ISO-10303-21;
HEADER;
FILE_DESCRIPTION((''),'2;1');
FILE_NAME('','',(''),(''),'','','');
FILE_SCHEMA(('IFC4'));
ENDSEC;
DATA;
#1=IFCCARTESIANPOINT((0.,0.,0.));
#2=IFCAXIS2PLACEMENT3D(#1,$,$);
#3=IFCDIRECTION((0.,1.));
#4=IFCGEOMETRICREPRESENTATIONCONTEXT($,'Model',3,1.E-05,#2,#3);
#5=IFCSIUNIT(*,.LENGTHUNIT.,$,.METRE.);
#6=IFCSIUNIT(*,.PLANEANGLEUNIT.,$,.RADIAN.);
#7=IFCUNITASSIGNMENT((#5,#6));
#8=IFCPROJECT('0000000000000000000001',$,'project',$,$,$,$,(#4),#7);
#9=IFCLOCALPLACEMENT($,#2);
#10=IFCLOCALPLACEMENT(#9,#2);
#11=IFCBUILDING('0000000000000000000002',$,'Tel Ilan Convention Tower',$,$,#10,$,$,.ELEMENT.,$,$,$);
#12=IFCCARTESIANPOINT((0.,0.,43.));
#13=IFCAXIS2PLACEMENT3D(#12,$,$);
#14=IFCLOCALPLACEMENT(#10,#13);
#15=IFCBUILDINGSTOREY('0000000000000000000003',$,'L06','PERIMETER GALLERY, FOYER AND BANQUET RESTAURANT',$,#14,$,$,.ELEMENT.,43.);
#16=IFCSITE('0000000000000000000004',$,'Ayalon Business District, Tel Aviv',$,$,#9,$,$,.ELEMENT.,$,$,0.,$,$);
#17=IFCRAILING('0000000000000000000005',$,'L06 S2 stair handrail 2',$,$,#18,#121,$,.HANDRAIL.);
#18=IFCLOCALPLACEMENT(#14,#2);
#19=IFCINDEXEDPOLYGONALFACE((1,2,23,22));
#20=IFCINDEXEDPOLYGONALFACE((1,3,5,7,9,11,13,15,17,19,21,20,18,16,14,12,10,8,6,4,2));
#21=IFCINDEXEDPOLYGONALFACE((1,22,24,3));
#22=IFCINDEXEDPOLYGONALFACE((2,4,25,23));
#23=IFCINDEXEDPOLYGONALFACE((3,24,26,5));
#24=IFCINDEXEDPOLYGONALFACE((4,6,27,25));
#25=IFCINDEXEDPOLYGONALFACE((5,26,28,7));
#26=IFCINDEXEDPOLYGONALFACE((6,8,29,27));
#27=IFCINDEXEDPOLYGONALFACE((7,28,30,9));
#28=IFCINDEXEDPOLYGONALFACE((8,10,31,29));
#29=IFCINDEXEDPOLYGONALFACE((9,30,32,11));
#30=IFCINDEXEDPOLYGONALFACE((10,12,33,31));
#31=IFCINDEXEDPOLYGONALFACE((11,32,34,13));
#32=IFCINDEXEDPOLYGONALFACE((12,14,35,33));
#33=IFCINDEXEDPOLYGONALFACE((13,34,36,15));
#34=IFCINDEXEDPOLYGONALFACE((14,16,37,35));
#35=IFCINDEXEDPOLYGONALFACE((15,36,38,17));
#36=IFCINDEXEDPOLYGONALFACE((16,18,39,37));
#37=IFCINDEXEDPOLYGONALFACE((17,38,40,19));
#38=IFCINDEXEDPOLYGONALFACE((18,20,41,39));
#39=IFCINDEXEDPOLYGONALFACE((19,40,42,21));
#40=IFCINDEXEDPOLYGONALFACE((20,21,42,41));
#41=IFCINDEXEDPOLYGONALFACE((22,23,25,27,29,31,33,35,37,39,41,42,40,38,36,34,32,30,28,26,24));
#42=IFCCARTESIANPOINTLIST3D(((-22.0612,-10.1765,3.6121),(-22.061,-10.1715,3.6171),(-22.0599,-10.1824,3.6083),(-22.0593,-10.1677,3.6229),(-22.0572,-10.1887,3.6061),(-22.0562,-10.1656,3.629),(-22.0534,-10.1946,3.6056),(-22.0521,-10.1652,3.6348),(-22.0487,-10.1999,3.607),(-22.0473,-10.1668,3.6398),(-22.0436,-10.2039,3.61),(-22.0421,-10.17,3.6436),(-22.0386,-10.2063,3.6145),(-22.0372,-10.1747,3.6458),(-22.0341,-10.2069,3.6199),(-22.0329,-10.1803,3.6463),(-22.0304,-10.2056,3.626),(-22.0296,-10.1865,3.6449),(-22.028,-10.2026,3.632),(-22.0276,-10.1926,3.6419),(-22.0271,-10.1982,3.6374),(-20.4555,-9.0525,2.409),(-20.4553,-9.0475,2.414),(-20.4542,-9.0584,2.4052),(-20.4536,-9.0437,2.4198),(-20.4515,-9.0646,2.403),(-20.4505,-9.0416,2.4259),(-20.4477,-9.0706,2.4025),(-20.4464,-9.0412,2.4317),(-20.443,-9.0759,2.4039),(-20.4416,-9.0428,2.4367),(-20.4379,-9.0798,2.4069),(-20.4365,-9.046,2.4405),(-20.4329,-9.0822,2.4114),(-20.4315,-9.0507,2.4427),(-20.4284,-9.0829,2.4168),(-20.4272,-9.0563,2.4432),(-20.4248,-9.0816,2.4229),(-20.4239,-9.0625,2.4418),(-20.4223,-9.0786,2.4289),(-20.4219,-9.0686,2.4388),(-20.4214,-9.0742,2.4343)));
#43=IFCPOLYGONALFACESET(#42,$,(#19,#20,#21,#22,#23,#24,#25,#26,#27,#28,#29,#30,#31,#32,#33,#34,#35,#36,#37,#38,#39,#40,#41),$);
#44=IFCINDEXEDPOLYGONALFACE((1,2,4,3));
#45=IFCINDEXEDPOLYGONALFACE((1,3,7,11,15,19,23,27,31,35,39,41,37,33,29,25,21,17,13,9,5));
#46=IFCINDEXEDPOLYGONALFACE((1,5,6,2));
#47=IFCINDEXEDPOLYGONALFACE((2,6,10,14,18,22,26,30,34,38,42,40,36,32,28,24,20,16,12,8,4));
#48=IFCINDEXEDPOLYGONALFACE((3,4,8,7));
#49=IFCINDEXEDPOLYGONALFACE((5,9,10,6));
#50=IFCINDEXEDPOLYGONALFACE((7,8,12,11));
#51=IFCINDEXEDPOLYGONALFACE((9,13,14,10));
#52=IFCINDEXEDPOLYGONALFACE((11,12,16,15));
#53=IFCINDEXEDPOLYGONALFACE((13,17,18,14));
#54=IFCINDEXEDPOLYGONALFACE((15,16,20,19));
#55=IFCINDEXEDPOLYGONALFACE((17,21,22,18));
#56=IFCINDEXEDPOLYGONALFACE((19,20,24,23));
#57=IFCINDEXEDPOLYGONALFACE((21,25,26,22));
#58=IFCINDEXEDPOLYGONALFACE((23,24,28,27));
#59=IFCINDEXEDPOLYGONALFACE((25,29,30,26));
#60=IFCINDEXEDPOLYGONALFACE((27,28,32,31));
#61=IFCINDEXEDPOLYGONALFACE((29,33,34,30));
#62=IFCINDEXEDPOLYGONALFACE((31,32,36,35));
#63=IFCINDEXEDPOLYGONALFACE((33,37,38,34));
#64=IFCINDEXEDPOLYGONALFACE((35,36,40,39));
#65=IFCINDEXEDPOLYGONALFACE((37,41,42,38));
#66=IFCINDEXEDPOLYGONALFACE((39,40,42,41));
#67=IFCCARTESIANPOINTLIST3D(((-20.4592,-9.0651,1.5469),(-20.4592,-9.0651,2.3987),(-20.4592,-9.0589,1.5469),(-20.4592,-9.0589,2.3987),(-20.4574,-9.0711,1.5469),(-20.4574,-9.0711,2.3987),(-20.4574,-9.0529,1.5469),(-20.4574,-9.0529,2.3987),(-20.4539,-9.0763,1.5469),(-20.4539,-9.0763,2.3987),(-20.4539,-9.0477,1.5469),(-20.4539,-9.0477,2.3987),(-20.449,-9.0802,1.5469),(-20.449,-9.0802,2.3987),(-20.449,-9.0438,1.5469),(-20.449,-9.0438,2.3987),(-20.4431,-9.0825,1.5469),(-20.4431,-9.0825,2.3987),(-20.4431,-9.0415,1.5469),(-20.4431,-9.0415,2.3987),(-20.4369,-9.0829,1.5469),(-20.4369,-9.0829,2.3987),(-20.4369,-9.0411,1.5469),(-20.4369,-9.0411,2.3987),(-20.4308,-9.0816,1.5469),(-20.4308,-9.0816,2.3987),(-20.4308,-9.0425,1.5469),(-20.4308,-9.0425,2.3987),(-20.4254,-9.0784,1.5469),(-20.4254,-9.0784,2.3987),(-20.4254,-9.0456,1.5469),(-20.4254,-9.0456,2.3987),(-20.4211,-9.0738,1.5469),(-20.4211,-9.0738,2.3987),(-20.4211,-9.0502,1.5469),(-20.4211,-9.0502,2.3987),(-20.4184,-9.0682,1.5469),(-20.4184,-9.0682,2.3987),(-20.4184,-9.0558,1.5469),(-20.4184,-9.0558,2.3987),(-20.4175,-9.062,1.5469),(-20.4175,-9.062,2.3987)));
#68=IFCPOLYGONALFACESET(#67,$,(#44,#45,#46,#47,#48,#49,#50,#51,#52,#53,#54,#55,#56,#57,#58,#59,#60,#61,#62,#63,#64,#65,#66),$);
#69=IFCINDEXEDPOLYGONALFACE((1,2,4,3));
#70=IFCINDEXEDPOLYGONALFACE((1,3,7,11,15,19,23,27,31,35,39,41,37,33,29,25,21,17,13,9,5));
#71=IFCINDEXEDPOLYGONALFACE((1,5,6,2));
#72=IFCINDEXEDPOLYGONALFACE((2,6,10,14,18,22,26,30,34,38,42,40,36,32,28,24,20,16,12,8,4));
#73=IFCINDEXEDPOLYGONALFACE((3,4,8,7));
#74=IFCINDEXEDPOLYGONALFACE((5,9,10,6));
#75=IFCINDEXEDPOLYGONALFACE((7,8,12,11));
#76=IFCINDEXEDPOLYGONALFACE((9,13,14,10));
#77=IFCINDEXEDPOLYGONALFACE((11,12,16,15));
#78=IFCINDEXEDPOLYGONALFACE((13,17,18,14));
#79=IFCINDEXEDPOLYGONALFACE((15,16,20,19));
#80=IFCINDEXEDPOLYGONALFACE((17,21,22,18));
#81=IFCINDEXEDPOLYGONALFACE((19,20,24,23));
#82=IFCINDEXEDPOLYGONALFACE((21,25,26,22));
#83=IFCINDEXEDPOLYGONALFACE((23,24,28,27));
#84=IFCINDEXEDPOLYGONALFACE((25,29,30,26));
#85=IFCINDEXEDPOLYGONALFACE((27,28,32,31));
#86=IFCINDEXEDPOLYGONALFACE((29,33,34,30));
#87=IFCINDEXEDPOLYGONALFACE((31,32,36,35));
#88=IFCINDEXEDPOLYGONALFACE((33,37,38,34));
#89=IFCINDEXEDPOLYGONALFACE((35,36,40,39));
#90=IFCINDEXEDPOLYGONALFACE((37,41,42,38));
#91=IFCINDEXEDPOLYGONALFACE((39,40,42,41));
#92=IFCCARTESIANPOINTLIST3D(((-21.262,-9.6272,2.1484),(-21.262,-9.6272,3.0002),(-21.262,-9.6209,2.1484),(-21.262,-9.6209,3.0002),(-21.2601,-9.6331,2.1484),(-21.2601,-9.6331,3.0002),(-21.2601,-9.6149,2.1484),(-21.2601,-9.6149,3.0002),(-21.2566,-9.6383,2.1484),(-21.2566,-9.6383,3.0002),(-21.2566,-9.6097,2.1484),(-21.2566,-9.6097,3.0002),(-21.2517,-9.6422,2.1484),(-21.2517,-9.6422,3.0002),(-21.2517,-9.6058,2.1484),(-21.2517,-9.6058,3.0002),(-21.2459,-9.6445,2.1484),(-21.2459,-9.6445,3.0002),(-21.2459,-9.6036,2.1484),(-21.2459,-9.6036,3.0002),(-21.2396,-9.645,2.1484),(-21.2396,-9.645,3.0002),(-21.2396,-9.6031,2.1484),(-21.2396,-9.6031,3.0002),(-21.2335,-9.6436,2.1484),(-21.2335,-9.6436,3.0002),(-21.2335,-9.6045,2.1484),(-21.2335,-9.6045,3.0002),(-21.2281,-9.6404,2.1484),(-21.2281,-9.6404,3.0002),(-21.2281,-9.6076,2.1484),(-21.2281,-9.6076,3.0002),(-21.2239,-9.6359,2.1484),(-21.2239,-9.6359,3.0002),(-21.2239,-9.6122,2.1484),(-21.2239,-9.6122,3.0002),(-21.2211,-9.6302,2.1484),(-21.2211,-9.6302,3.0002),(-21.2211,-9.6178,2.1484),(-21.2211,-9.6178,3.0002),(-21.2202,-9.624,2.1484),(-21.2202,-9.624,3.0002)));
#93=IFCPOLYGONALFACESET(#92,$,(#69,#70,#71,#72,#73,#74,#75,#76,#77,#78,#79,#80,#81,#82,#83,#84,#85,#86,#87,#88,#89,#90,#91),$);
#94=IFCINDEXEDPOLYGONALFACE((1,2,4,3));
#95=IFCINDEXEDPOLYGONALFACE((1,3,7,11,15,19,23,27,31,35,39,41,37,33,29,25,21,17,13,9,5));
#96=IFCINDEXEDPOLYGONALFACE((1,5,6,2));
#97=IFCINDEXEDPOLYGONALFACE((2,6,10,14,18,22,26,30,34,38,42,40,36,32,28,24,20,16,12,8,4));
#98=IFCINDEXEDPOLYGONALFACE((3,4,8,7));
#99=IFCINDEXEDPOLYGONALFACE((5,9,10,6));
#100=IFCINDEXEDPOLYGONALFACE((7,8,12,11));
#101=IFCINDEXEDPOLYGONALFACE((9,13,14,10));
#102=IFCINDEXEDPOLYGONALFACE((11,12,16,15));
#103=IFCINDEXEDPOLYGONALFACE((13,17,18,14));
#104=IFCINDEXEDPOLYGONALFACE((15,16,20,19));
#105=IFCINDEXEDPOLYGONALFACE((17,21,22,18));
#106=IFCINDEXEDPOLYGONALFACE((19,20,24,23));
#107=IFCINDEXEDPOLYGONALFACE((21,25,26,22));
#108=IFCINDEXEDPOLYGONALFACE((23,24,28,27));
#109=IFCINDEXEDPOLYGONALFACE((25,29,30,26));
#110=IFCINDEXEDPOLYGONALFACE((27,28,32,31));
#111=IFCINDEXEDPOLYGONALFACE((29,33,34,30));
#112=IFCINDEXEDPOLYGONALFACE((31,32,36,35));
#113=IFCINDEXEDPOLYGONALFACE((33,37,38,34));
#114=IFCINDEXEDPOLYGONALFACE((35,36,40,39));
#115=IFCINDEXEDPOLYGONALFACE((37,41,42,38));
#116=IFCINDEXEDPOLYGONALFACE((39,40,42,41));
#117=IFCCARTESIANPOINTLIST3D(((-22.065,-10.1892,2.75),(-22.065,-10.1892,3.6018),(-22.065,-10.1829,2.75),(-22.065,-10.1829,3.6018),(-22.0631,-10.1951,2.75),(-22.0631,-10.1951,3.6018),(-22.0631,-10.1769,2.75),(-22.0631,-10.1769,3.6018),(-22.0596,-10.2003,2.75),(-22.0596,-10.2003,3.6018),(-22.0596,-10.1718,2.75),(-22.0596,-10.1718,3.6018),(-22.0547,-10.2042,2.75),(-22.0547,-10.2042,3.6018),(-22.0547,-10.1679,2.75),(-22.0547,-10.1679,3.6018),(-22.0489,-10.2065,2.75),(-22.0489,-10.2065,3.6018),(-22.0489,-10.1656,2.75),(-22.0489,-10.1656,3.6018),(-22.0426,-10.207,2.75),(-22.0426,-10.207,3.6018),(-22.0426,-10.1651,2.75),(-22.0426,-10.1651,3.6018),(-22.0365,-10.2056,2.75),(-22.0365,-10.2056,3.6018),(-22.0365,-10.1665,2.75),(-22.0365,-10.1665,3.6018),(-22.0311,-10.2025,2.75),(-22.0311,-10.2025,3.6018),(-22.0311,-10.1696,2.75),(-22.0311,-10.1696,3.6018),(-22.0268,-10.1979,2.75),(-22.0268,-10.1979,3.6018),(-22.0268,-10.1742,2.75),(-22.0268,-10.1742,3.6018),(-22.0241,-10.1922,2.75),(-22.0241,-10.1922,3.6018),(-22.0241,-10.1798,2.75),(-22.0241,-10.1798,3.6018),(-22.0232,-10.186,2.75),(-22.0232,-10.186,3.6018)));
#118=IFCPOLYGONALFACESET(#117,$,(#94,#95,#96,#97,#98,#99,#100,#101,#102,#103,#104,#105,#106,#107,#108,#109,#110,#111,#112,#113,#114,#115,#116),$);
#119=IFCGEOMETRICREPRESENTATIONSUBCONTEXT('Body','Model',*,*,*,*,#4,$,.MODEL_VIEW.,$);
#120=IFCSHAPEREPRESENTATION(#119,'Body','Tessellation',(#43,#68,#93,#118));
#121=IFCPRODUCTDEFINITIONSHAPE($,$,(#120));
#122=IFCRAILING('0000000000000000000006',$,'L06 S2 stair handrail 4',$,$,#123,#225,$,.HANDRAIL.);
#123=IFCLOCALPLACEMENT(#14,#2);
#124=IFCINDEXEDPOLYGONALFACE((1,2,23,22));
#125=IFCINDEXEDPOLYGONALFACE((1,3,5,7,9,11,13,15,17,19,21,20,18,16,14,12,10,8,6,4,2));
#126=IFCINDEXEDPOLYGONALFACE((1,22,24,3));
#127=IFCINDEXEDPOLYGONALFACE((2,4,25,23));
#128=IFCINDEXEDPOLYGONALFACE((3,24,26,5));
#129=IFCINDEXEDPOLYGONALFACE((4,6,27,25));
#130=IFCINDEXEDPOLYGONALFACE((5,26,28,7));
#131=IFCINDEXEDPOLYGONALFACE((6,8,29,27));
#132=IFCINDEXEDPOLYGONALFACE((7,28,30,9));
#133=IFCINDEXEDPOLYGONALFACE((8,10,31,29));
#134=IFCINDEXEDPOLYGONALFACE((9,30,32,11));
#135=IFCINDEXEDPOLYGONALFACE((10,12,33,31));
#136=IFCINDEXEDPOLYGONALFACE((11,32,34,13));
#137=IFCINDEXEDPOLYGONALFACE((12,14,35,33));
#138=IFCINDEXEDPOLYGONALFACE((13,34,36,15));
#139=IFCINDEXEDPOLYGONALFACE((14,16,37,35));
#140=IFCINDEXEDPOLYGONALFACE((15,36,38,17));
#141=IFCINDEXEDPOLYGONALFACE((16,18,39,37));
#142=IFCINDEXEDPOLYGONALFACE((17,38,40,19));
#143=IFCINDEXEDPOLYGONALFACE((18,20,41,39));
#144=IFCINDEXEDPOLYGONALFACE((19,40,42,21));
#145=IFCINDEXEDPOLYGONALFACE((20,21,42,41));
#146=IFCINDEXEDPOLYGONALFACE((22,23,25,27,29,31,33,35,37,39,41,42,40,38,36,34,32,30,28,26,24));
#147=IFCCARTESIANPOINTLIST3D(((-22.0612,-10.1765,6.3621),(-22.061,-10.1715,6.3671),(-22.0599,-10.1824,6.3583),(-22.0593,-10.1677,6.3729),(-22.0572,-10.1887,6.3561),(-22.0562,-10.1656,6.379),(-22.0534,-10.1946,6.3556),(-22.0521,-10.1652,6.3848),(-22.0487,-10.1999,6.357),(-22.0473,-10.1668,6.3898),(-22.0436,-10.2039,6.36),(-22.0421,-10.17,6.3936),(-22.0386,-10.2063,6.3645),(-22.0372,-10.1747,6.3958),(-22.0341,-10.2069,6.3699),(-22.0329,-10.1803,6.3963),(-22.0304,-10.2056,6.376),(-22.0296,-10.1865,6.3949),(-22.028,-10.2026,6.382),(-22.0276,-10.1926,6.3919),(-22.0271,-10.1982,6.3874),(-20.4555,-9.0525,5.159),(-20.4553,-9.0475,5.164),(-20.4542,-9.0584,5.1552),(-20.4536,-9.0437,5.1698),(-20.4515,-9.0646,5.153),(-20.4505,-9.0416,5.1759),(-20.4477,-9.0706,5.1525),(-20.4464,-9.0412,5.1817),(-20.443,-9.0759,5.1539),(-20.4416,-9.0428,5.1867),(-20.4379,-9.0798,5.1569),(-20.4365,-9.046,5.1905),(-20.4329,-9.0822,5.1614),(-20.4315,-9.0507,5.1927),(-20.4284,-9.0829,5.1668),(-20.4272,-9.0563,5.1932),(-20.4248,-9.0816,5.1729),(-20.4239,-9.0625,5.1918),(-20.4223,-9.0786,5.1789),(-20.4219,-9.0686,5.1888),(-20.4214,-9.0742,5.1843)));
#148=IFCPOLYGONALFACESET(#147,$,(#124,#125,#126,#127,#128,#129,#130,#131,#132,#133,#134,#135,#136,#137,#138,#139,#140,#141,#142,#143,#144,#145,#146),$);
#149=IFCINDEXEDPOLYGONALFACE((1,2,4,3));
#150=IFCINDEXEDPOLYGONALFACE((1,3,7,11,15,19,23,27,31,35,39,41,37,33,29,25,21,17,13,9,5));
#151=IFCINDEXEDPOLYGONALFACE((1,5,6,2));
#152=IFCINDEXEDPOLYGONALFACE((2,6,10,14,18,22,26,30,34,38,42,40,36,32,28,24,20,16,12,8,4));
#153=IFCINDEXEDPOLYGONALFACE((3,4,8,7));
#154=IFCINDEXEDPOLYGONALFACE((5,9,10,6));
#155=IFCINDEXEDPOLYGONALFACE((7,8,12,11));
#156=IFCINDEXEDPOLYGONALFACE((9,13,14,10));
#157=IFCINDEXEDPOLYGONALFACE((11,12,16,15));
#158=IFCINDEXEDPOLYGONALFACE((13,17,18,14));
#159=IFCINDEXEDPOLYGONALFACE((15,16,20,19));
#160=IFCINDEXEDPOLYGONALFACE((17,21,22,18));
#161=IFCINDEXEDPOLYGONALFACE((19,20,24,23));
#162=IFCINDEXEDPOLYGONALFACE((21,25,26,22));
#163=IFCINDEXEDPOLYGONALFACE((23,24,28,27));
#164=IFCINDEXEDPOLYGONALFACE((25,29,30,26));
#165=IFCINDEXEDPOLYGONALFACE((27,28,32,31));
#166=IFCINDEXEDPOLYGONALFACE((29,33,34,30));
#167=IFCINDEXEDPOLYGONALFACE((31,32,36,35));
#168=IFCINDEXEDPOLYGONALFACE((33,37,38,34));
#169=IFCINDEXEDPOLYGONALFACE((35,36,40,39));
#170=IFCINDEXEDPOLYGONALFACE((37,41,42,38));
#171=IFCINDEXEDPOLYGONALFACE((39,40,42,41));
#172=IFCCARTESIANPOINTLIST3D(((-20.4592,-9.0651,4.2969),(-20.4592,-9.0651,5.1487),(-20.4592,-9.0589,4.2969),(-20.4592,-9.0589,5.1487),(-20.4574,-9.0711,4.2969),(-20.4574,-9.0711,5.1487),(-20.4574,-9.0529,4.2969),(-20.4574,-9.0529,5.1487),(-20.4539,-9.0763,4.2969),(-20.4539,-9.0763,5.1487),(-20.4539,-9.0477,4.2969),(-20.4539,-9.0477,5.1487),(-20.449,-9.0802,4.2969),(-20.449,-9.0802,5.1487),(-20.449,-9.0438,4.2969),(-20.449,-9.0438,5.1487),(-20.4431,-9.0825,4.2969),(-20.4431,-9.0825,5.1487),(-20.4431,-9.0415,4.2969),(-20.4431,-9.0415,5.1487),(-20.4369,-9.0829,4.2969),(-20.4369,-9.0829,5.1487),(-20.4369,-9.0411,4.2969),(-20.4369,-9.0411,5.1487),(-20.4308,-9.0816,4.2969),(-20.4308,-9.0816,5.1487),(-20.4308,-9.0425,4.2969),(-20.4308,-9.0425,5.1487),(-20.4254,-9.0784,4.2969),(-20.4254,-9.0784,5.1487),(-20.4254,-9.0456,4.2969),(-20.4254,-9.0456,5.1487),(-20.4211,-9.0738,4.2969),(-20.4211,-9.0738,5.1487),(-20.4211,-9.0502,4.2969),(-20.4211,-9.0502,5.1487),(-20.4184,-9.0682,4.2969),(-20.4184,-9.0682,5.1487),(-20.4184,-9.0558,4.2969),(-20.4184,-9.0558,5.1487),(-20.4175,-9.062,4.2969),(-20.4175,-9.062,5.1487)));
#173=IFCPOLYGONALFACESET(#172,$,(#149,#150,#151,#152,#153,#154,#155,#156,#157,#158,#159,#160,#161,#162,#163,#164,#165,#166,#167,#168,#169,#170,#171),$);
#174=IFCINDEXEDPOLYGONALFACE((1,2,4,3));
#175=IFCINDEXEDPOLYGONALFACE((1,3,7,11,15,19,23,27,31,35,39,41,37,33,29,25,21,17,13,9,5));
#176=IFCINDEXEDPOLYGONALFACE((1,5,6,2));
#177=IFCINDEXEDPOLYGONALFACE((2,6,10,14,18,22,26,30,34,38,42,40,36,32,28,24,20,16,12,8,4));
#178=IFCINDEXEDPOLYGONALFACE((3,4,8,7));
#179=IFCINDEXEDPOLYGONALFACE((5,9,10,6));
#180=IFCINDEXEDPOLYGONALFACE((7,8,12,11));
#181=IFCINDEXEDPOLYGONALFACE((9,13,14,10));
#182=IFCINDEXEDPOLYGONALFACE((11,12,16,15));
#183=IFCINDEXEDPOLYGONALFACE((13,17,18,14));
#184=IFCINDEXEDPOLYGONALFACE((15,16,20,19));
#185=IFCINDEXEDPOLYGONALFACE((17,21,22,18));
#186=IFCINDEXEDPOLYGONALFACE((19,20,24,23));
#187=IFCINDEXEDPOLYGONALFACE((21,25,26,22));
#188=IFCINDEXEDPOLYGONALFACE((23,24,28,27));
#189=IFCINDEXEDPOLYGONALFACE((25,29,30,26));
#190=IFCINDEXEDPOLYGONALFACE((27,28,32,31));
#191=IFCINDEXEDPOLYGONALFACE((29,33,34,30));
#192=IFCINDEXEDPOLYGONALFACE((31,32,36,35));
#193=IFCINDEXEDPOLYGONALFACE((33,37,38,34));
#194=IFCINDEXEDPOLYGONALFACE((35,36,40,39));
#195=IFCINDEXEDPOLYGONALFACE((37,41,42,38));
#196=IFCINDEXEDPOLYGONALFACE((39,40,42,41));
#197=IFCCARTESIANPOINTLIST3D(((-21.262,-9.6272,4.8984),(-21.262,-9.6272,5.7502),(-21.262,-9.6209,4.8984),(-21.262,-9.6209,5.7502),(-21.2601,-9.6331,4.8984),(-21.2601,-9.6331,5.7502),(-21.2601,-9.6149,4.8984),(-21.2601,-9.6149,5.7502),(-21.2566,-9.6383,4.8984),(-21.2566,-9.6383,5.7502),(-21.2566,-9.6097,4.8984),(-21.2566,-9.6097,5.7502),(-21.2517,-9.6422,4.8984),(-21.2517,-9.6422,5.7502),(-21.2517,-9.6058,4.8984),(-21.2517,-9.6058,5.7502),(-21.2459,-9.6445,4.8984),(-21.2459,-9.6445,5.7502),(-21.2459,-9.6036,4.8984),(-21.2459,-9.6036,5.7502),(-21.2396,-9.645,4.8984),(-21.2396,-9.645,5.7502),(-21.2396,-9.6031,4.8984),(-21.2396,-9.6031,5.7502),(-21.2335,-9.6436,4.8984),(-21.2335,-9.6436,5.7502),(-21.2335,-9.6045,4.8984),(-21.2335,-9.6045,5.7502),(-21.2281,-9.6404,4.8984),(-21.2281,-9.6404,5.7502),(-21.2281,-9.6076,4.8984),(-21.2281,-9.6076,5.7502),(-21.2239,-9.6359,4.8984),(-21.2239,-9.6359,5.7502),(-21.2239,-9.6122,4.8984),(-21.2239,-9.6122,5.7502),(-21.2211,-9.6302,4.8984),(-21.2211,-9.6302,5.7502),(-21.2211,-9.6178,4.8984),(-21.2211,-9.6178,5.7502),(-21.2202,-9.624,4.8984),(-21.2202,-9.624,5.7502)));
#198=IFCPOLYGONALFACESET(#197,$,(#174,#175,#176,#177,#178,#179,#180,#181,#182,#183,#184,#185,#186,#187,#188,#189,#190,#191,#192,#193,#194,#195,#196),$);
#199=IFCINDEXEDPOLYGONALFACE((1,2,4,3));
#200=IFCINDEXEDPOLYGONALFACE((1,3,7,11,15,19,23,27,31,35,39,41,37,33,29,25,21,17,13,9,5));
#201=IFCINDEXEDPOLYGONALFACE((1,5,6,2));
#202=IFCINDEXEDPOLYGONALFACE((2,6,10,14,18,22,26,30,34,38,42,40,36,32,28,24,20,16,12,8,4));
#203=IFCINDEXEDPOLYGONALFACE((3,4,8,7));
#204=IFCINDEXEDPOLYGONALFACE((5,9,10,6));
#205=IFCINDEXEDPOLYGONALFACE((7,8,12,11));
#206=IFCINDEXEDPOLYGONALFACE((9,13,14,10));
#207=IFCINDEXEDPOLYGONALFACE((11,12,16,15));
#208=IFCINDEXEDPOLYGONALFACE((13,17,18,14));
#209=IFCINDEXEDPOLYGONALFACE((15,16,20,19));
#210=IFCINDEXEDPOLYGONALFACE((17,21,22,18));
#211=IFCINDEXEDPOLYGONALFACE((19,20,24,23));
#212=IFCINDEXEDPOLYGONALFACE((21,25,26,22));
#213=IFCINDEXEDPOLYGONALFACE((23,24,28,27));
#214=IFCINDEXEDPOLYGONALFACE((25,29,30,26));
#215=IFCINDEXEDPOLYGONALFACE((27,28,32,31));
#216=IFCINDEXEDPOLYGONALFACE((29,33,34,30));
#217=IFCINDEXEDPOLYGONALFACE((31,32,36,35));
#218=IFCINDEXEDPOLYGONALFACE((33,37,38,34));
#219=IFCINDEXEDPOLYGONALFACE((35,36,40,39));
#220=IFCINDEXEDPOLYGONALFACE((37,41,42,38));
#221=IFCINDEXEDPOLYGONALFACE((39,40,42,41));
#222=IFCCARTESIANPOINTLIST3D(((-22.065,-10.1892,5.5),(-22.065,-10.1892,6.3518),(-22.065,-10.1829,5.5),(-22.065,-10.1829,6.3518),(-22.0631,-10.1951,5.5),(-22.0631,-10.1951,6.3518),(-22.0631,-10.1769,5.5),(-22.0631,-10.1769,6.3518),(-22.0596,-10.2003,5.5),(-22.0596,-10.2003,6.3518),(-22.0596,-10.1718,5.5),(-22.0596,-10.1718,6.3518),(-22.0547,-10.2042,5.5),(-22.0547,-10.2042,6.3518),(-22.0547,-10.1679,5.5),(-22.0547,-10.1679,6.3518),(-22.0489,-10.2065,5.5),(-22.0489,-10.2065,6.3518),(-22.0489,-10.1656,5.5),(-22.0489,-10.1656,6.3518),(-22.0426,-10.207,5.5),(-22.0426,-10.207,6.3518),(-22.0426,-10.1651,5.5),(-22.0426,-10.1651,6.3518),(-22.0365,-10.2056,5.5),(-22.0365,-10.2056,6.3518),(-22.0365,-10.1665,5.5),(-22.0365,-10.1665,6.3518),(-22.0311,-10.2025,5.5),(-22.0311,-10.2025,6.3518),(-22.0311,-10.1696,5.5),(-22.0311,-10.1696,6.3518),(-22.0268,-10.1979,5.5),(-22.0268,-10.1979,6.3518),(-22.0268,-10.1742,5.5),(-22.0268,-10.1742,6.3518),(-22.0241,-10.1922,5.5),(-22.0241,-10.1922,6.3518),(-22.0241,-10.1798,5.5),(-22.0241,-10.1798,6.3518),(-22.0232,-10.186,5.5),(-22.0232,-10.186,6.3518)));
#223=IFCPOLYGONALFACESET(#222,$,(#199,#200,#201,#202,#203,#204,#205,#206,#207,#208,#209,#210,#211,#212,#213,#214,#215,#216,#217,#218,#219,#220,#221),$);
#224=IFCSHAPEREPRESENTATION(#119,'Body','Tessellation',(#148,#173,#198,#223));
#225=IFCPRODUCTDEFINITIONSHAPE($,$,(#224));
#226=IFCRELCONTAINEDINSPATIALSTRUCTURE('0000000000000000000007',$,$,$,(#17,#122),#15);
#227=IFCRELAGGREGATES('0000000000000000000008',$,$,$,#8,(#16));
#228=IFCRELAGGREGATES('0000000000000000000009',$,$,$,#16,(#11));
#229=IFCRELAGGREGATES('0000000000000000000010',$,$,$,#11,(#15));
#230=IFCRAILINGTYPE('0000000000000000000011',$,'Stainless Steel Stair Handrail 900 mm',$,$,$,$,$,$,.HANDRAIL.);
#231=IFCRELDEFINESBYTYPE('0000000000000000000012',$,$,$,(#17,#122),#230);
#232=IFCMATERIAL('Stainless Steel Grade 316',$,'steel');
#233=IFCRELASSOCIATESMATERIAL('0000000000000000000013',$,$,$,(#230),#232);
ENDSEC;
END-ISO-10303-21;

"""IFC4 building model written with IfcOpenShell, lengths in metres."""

from ifc_helpers import new_model, si_unit, direction, frame, origin, origin_2d, place, context, subcontext, project, spatial, circle, extrude, material, type_object, element, save


model = new_model("IFC4")

# Units and contexts
model_context = context("Model", 3, precision=1e-05, world=origin(), true_north=direction((0.0, 1.0)))
body_context = subcontext(model_context, "Body", "Model", "MODEL_VIEW")
ifc_project = project(units=[si_unit("LENGTHUNIT", "METRE"), si_unit("PLANEANGLEUNIT", "RADIAN")], contexts=[model_context])

# Site, building, storey
site_placement = place(None, origin())
site = spatial("IfcSite", under=ifc_project, at=site_placement, Name="Ayalon Business District, Tel Aviv", CompositionType="ELEMENT", RefElevation=0.0)
building_placement = place(site_placement, origin())
building = spatial("IfcBuilding", under=site, at=building_placement, Name="Tel Ilan Convention Tower", CompositionType="ELEMENT")
storey_placement = place(building_placement, frame((0.0, 0.0, 43.0)))
storey = spatial("IfcBuildingStorey", under=building, at=storey_placement, Name="L06", Description="PERIMETER GALLERY, FOYER AND BANQUET RESTAURANT", CompositionType="ELEMENT", Elevation=43.0)

# Railings
ifc_material_1 = material(Name="Stainless Steel Grade 316", Category="steel")
railing_type_1 = type_object("IfcRailingType", Name="Stainless Steel Stair Handrail 900 mm", PredefinedType="HANDRAIL", material=ifc_material_1)
for number, where, name in (
    (1, (-20.4385, -9.062, 1.5469), "L06 S2 stair handrail 2"),
    (2, (-20.4385, -9.062, 4.2969), "L06 S2 stair handrail 4"),
):
    element("IfcRailing", number, at=place(storey_placement, frame(where)), inside=storey, type_object=railing_type_1, Name=name, PredefinedType="HANDRAIL", context=body_context, shape_type="SweptSolid", body=[
        extrude(circle(Radius=0.0239, at=origin_2d()), frame((0.0, 0.0, 0.876), z_axis=(-0.698185, -0.48874, 0.523135), x_axis=(0.573471, -0.819226, 0.0)), (0.0, 0.0, 1.0), 2.2998),
        extrude(circle(Radius=0.021, at=origin_2d()), origin(), (0.0, 0.0, 1.0), 0.8518),
        extrude(circle(Radius=0.021, at=origin_2d()), frame((-0.8027, -0.562, 0.6016)), (0.0, 0.0, 1.0), 0.8518),
        extrude(circle(Radius=0.021, at=origin_2d()), frame((-1.6057, -1.124, 1.2031)), (0.0, 0.0, 1.0), 0.8518),
    ])

save(model, "model.ifc")
